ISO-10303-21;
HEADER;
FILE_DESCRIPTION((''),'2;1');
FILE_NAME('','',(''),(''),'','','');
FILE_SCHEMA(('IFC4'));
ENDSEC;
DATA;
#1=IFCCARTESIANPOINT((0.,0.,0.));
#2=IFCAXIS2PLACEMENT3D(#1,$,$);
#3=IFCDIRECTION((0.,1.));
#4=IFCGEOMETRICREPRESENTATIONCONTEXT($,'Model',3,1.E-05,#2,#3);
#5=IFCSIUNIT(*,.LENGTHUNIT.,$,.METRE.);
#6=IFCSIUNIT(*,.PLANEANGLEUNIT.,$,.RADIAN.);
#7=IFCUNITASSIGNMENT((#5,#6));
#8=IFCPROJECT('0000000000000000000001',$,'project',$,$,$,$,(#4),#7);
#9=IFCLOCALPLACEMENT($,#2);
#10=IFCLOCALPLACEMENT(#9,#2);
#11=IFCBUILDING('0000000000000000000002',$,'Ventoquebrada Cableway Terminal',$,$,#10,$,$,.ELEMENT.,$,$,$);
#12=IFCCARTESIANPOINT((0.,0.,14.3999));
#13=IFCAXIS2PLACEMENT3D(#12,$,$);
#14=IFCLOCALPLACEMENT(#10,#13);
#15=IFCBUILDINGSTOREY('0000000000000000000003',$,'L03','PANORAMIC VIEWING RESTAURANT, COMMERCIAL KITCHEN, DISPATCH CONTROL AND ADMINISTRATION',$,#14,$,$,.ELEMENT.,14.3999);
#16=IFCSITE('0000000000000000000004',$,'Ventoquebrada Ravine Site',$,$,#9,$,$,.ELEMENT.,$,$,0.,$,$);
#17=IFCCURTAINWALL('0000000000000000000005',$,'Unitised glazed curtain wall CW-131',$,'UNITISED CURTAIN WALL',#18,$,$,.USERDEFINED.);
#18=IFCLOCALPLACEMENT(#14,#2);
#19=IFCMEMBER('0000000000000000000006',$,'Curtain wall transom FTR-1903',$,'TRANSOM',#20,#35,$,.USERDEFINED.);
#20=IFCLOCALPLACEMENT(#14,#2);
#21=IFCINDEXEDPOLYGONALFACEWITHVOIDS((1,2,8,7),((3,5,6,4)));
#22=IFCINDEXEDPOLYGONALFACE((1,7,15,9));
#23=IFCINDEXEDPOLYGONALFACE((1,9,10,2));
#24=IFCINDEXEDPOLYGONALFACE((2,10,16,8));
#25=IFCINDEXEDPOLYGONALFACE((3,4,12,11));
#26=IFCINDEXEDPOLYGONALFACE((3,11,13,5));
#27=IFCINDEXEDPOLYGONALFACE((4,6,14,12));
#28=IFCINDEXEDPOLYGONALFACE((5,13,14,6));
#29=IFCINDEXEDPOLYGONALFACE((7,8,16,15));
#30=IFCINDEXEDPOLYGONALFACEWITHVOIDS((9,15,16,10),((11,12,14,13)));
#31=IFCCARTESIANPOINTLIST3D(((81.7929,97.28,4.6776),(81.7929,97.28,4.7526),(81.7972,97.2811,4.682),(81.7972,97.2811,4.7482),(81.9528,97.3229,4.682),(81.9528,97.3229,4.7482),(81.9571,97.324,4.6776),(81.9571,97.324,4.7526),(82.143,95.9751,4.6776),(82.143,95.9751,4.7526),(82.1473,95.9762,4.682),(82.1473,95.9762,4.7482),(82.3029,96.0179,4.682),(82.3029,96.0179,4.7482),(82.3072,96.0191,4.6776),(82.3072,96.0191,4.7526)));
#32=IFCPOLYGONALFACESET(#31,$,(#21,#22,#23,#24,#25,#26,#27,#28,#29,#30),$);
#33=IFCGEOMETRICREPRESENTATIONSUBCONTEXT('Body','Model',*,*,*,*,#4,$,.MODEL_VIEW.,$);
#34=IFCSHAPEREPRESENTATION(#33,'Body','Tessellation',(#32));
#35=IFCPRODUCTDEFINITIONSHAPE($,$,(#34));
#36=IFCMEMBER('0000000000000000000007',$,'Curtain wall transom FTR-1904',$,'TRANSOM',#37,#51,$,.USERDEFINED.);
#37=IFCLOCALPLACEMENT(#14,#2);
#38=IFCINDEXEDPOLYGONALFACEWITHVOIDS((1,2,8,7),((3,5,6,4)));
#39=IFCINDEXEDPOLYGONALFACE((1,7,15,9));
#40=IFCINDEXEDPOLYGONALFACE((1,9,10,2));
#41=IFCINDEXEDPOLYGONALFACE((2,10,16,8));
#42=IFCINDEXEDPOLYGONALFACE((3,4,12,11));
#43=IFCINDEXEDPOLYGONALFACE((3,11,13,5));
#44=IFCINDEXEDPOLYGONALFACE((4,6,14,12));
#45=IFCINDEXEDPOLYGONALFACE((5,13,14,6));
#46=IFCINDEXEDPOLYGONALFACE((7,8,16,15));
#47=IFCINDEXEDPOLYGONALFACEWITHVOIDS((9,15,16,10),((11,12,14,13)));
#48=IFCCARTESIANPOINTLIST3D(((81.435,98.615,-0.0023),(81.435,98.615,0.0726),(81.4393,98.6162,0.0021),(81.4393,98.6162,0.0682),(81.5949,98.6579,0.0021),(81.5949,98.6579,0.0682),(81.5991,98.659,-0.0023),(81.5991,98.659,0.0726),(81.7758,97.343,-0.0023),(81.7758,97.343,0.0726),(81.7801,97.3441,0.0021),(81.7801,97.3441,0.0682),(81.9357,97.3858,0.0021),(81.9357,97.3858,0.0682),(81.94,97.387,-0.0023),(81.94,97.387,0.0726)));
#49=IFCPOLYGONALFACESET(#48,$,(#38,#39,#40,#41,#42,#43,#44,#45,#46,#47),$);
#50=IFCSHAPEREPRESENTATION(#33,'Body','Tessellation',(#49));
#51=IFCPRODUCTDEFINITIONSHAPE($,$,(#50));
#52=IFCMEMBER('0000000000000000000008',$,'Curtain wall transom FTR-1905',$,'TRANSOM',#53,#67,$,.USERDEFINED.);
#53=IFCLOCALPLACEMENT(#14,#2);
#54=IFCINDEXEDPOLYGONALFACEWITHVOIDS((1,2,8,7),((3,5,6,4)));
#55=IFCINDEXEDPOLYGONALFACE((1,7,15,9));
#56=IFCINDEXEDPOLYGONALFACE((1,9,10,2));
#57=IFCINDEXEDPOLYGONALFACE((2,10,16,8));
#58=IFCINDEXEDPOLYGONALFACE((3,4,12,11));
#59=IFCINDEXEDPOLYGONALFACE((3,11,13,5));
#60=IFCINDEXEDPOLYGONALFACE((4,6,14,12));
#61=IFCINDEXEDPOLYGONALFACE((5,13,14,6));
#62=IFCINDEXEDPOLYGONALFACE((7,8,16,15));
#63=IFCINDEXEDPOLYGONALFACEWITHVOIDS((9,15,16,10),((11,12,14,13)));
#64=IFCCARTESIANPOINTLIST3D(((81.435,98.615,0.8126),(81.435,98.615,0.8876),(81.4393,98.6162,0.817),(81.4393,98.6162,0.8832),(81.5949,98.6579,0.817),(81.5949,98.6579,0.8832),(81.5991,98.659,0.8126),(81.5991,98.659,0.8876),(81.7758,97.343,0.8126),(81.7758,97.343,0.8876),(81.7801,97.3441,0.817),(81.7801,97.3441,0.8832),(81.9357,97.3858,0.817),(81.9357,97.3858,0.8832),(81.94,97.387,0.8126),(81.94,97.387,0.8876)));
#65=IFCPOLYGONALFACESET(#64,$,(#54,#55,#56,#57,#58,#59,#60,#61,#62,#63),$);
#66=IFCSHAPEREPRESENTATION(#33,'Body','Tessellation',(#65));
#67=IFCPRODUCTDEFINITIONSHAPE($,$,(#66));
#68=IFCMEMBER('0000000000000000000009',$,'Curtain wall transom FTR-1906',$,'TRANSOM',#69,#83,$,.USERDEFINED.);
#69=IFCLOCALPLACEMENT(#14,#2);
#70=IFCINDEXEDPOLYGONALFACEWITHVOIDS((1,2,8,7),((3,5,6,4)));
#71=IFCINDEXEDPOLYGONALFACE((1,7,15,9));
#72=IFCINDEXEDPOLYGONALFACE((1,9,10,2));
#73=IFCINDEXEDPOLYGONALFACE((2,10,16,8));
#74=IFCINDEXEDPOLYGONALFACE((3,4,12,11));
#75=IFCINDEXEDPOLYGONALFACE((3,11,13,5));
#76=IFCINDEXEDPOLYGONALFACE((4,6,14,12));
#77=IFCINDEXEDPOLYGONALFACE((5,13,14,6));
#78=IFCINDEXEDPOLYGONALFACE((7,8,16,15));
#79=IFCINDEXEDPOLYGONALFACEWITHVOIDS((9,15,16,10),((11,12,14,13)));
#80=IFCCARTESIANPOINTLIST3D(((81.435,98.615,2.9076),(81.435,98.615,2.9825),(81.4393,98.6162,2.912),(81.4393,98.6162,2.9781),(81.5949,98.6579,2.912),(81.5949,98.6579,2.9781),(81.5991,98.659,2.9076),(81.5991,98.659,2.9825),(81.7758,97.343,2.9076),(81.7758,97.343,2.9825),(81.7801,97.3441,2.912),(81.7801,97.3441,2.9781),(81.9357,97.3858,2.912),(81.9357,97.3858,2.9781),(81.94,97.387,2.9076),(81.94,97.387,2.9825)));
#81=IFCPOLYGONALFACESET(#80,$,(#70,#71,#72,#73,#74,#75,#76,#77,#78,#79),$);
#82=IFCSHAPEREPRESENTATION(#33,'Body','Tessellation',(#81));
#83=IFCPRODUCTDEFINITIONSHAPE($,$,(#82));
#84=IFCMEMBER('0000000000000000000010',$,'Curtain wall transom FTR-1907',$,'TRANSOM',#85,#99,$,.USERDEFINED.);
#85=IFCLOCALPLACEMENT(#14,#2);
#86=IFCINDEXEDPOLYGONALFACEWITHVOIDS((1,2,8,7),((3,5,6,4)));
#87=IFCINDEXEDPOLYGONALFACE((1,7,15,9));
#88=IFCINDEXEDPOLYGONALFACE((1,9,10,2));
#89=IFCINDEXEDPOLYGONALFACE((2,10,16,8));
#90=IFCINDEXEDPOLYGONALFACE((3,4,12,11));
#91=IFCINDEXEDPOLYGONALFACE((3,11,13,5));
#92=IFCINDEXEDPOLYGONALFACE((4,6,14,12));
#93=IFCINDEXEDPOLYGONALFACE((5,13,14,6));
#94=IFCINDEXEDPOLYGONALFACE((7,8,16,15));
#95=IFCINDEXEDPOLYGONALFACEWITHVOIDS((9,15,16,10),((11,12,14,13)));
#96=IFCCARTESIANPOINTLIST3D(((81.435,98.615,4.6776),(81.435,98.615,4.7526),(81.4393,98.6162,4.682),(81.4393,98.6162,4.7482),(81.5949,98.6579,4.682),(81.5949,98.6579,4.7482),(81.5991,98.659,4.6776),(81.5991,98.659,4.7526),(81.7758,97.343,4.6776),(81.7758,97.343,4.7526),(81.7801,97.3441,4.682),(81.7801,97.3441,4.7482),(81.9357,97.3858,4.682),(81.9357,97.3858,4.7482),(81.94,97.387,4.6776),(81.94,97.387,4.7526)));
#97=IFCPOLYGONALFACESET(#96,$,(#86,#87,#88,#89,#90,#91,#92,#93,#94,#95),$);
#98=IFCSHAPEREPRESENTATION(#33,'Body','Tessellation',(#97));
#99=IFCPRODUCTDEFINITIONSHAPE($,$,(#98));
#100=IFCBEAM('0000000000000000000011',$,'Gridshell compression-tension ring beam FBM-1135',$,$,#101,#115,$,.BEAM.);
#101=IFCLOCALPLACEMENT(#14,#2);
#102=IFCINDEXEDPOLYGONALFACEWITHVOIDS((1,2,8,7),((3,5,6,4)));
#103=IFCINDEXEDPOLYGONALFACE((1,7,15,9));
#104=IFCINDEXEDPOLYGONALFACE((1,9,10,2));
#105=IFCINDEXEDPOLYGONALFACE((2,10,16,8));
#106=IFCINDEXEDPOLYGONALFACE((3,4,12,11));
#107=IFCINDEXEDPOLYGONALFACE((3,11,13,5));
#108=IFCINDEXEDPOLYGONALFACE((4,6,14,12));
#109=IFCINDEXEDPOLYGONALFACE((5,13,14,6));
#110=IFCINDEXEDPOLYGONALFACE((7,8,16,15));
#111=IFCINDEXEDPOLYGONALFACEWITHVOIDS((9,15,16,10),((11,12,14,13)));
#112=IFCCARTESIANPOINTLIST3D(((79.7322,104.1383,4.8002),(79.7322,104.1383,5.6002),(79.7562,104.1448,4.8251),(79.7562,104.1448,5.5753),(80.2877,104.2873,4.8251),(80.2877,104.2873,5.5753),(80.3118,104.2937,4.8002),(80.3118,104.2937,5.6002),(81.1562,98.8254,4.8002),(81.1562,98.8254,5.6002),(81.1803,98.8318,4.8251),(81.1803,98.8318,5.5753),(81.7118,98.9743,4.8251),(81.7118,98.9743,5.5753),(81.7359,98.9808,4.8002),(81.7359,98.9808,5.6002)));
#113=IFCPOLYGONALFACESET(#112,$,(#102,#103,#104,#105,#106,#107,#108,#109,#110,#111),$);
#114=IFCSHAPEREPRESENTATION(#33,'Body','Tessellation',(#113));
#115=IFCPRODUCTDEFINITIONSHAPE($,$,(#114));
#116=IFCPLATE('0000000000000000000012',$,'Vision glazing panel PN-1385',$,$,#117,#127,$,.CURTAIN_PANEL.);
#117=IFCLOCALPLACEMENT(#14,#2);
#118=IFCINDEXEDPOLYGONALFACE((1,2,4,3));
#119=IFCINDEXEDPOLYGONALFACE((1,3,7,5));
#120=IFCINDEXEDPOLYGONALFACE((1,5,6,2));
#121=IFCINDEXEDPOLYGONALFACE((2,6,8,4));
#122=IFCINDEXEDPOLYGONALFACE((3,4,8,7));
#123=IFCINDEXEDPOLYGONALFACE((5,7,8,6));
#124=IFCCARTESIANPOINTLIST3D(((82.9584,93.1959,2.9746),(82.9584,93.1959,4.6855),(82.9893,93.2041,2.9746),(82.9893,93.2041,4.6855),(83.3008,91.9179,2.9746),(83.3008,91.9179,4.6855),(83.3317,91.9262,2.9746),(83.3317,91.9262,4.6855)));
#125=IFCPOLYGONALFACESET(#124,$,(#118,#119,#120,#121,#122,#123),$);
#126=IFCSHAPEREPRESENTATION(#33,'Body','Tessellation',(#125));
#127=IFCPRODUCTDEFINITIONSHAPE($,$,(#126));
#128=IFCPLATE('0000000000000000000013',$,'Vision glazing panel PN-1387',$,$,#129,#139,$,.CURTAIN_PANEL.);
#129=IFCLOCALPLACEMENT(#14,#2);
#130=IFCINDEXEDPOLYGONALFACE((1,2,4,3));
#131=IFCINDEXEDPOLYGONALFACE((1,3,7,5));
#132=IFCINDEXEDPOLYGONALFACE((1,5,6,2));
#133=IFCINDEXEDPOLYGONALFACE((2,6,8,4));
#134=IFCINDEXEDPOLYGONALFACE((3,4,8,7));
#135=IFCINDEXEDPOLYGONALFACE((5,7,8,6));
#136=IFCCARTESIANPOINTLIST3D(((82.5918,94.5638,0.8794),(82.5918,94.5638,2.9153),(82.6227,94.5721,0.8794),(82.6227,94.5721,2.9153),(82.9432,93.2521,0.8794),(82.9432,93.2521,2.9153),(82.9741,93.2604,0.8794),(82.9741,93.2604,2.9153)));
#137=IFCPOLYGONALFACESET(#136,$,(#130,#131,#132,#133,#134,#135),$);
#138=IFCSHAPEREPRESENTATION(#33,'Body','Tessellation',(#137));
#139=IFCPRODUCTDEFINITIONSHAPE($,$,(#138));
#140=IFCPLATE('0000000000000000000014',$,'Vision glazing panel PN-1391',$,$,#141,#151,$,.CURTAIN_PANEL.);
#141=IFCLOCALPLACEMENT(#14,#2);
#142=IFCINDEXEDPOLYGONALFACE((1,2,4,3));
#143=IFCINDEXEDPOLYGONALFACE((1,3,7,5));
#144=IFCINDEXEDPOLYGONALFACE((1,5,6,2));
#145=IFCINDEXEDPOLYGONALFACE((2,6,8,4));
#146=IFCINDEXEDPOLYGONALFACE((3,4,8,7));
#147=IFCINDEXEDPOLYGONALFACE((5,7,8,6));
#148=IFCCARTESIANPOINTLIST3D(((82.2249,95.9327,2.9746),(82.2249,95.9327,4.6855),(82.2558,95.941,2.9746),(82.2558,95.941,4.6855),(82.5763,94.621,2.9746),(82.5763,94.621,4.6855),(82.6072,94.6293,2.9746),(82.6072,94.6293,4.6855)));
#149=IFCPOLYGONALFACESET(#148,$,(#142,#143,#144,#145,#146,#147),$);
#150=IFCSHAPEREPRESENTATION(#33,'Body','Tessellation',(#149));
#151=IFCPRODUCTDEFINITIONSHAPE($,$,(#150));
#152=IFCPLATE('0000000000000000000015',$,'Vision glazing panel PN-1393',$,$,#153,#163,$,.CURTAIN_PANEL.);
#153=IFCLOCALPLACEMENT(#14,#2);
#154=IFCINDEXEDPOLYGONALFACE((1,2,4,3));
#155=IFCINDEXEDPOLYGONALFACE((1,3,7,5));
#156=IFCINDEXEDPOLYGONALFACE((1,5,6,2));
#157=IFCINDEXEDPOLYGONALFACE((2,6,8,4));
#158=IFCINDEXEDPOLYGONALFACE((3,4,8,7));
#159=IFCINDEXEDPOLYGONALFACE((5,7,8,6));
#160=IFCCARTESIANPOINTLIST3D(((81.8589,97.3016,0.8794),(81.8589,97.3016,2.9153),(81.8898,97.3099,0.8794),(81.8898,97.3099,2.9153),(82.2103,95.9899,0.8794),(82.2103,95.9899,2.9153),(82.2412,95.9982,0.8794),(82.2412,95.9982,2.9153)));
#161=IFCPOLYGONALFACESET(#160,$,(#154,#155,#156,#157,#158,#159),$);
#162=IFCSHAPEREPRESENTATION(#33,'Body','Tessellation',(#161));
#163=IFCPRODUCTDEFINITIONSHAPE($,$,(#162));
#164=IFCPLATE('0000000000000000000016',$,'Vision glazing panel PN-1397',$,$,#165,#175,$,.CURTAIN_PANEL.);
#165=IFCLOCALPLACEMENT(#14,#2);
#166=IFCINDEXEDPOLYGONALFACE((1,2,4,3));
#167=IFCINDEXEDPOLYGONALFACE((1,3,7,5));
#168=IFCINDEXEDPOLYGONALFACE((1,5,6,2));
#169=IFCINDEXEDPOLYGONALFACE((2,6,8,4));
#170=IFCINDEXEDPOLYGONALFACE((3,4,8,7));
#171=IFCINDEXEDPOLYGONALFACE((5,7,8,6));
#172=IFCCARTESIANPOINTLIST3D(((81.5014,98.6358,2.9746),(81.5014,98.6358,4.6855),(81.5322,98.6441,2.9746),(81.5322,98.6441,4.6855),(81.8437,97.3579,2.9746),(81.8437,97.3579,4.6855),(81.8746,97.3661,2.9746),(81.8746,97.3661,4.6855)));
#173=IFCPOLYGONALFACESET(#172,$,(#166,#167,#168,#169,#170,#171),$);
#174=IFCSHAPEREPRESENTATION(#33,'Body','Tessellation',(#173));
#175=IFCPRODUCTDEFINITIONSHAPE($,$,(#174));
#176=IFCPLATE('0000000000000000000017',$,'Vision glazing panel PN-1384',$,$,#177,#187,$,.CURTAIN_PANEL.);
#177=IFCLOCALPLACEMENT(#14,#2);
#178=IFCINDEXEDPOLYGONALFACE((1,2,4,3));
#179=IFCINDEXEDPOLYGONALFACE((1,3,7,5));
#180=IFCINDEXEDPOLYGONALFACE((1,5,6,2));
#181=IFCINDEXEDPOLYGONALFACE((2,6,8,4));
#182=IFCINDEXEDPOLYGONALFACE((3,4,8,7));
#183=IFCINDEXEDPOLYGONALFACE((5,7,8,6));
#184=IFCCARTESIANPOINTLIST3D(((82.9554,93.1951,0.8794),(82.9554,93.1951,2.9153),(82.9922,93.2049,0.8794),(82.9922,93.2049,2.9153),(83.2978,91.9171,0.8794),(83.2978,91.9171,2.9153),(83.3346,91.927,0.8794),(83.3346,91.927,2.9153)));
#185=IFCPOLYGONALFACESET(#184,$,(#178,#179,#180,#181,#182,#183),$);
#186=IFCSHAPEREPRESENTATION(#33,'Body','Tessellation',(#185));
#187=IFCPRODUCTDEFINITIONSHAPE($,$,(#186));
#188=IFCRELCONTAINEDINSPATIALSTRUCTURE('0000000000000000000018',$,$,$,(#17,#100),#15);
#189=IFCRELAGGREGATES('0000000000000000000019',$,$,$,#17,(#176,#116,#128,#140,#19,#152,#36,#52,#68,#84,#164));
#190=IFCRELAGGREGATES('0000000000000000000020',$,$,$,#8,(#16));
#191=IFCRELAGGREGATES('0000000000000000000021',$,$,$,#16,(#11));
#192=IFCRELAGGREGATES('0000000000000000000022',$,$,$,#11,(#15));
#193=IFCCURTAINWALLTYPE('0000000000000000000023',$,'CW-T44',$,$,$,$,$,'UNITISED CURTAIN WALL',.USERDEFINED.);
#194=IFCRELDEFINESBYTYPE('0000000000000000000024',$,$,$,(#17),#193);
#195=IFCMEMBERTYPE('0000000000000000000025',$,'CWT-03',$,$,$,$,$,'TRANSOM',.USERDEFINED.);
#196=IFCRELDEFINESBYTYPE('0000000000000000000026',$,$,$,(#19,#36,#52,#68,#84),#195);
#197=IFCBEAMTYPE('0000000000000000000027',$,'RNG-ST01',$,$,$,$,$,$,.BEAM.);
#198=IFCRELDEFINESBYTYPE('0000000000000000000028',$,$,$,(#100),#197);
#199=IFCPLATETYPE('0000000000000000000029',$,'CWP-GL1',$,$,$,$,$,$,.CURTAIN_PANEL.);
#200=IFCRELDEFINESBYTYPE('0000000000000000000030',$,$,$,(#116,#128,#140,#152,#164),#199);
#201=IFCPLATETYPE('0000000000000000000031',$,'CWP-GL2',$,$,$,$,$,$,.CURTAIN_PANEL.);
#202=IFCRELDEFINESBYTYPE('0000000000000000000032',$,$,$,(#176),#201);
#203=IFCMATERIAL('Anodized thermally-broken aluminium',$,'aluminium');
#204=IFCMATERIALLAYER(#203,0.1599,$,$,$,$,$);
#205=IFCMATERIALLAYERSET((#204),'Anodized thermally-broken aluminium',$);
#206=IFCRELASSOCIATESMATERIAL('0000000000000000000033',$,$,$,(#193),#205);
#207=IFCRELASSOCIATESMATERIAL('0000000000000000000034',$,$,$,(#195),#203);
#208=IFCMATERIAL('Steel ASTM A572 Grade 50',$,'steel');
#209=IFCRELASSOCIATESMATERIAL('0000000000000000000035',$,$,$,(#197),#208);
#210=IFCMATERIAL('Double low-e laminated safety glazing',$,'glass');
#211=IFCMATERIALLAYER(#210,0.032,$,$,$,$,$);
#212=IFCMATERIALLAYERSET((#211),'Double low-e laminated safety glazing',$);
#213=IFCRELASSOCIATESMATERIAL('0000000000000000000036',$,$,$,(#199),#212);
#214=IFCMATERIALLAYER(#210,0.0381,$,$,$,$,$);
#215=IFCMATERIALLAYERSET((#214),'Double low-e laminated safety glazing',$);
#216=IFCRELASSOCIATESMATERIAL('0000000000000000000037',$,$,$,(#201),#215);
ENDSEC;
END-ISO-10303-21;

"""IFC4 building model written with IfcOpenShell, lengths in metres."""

from ifc_helpers import new_model, si_unit, direction, frame, origin, origin_2d, place, context, subcontext, project, spatial, rectangle, hollow_rectangle, extrude, material, layer, layer_set, material_profile, profile_set, type_object, element, aggregate, save


model = new_model("IFC4")

# Units and contexts
model_context = context("Model", 3, precision=1e-05, world=origin(), true_north=direction((0.0, 1.0)))
body_context = subcontext(model_context, "Body", "Model", "MODEL_VIEW")
ifc_project = project(units=[si_unit("LENGTHUNIT", "METRE"), si_unit("PLANEANGLEUNIT", "RADIAN")], contexts=[model_context])

# Site, building, storey
site_placement = place(None, origin())
site = spatial("IfcSite", under=ifc_project, at=site_placement, Name="Ventoquebrada Ravine Site", CompositionType="ELEMENT", RefElevation=0.0)
building_placement = place(site_placement, origin())
building = spatial("IfcBuilding", under=site, at=building_placement, Name="Ventoquebrada Cableway Terminal", CompositionType="ELEMENT")
storey_placement = place(building_placement, frame((0.0, 0.0, 14.3999)))
storey = spatial("IfcBuildingStorey", under=building, at=storey_placement, Name="L03", Description="PANORAMIC VIEWING RESTAURANT, COMMERCIAL KITCHEN, DISPATCH CONTROL AND ADMINISTRATION", CompositionType="ELEMENT", Elevation=14.3999)

# Curtain wall, members
ifc_material_1 = material(Name="Anodized thermally-broken aluminium", Category="aluminium")
ifc_layer_1 = layer(ifc_material_1, 0.1599)
ifc_layer_set_1 = layer_set([ifc_layer_1], Name="Anodized thermally-broken aluminium")
curtain_wall_type = type_object("IfcCurtainWallType", Name="CW-T44", ElementType="UNITISED CURTAIN WALL", PredefinedType="USERDEFINED", material=ifc_layer_set_1)
curtain_wall_placement = place(storey_placement, origin())
curtain_wall = element("IfcCurtainWall", 1, at=curtain_wall_placement, inside=storey, type_object=curtain_wall_type, Name="Unitised glazed curtain wall CW-131", ObjectType="UNITISED CURTAIN WALL", PredefinedType="USERDEFINED")
ifc_material_profile_1 = material_profile(ifc_material_1, hollow_rectangle(XDim=0.075, YDim=0.1699, WallThickness=0.0044, at=origin_2d()), Name="CW-TRN-75X170")
ifc_profile_set_1 = profile_set([ifc_material_profile_1], Name="Anodized thermally-broken aluminium")
member_type_1 = type_object("IfcMemberType", Name="CWT-03", ElementType="TRANSOM", PredefinedType="USERDEFINED", material=ifc_profile_set_1)
member_1_placement = place(storey_placement, frame((82.2251, 95.9971, 4.7151), z_axis=(-0.259124, 0.965844, 0.0), x_axis=(0.0, 0.0, 1.0)))
member_1 = element("IfcMember", 2, at=member_1_placement, type_object=member_type_1, Name="Curtain wall transom FTR-1903", ObjectType="TRANSOM", PredefinedType="USERDEFINED", context=body_context, shape_type="SweptSolid", body=[
    extrude(hollow_rectangle(XDim=0.075, YDim=0.1699, WallThickness=0.0044, at=origin_2d()), origin(), (0.0, 0.0, 1.0), 1.3511),
])
member_2_placement = place(storey_placement, frame((81.8579, 97.365, 0.0352), z_axis=(-0.258816, 0.965927, 0.0), x_axis=(0.0, 0.0, 1.0)))
member_2 = element("IfcMember", 3, at=member_2_placement, type_object=member_type_1, Name="Curtain wall transom FTR-1904", ObjectType="TRANSOM", PredefinedType="USERDEFINED", context=body_context, shape_type="SweptSolid", body=[
    extrude(hollow_rectangle(XDim=0.075, YDim=0.1699, WallThickness=0.0044, at=origin_2d()), origin(), (0.0, 0.0, 1.0), 1.3169),
])
member_3_placement = place(storey_placement, frame((81.8579, 97.365, 0.8501), z_axis=(-0.258816, 0.965927, 0.0), x_axis=(0.0, 0.0, 1.0)))
member_3 = element("IfcMember", 4, at=member_3_placement, type_object=member_type_1, Name="Curtain wall transom FTR-1905", ObjectType="TRANSOM", PredefinedType="USERDEFINED", context=body_context, shape_type="SweptSolid", body=[
    extrude(hollow_rectangle(XDim=0.075, YDim=0.1699, WallThickness=0.0044, at=origin_2d()), origin(), (0.0, 0.0, 1.0), 1.3169),
])
member_4_placement = place(storey_placement, frame((81.8579, 97.365, 2.9451), z_axis=(-0.258816, 0.965927, 0.0), x_axis=(0.0, 0.0, 1.0)))
member_4 = element("IfcMember", 5, at=member_4_placement, type_object=member_type_1, Name="Curtain wall transom FTR-1906", ObjectType="TRANSOM", PredefinedType="USERDEFINED", context=body_context, shape_type="SweptSolid", body=[
    extrude(hollow_rectangle(XDim=0.075, YDim=0.1699, WallThickness=0.0044, at=origin_2d()), origin(), (0.0, 0.0, 1.0), 1.3169),
])
member_5_placement = place(storey_placement, frame((81.8579, 97.365, 4.7151), z_axis=(-0.258816, 0.965927, 0.0), x_axis=(0.0, 0.0, 1.0)))
member_5 = element("IfcMember", 6, at=member_5_placement, type_object=member_type_1, Name="Curtain wall transom FTR-1907", ObjectType="TRANSOM", PredefinedType="USERDEFINED", context=body_context, shape_type="SweptSolid", body=[
    extrude(hollow_rectangle(XDim=0.075, YDim=0.1699, WallThickness=0.0044, at=origin_2d()), origin(), (0.0, 0.0, 1.0), 1.3169),
])

# Beam
ifc_material_2 = material(Name="Steel ASTM A572 Grade 50", Category="steel")
ifc_material_profile_2 = material_profile(ifc_material_2, hollow_rectangle(XDim=0.6001, YDim=0.8, WallThickness=0.0249, at=origin_2d()), Name="BOX600X800X25")
ifc_profile_set_2 = profile_set([ifc_material_profile_2], Name="Steel ASTM A572 Grade 50")
beam_type = type_object("IfcBeamType", Name="RNG-ST01", PredefinedType="BEAM", material=ifc_profile_set_2)
beam_placement = place(storey_placement, frame((81.446, 98.9031, 5.2002), z_axis=(-0.258897, 0.965905, 0.0), x_axis=(-0.965905, -0.258897, 0.0)))
element("IfcBeam", 7, at=beam_placement, inside=storey, type_object=beam_type, Name="Gridshell compression-tension ring beam FBM-1135", PredefinedType="BEAM", context=body_context, shape_type="SweptSolid", body=[
    extrude(hollow_rectangle(XDim=0.6001, YDim=0.8, WallThickness=0.0249, at=origin_2d()), origin(), (0.0, 0.0, 1.0), 5.5005),
])

# Plates
ifc_material_3 = material(Name="Double low-e laminated safety glazing", Category="glass")
ifc_layer_2 = layer(ifc_material_3, 0.032)
ifc_layer_set_2 = layer_set([ifc_layer_2], Name="Double low-e laminated safety glazing")
plate_type_1 = type_object("IfcPlateType", Name="CWP-GL1", PredefinedType="CURTAIN_PANEL", material=ifc_layer_set_2)
plate_1_placement = place(storey_placement, frame((83.145, 92.561, 2.9746), z_axis=(0.0, 0.0, 1.0), x_axis=(-0.258785, 0.965935, 0.0)))
plate_1 = element("IfcPlate", 8, at=plate_1_placement, type_object=plate_type_1, Name="Vision glazing panel PN-1385", PredefinedType="CURTAIN_PANEL", context=body_context, shape_type="SweptSolid", body=[
    extrude(rectangle(XDim=1.323, YDim=0.032, at=origin_2d()), origin(), (0.0, 0.0, 1.0), 1.7109),
])
plate_2_placement = place(storey_placement, frame((82.783, 93.9121, 0.8794), z_axis=(0.0, 0.0, 1.0), x_axis=(-0.258785, 0.965935, 0.0)))
plate_2 = element("IfcPlate", 9, at=plate_2_placement, type_object=plate_type_1, Name="Vision glazing panel PN-1387", PredefinedType="CURTAIN_PANEL", context=body_context, shape_type="SweptSolid", body=[
    extrude(rectangle(XDim=1.3579, YDim=0.032, at=origin_2d()), origin(), (0.0, 0.0, 1.0), 2.0359),
])
plate_3_placement = place(storey_placement, frame((82.416, 95.281, 2.9746), z_axis=(0.0, 0.0, 1.0), x_axis=(-0.258785, 0.965935, 0.0)))
plate_3 = element("IfcPlate", 10, at=plate_3_placement, type_object=plate_type_1, Name="Vision glazing panel PN-1391", PredefinedType="CURTAIN_PANEL", context=body_context, shape_type="SweptSolid", body=[
    extrude(rectangle(XDim=1.3579, YDim=0.032, at=origin_2d()), origin(), (0.0, 0.0, 1.0), 1.7109),
])
plate_4_placement = place(storey_placement, frame((82.05, 96.6499, 0.8794), z_axis=(0.0, 0.0, 1.0), x_axis=(-0.258785, 0.965935, 0.0)))
plate_4 = element("IfcPlate", 11, at=plate_4_placement, type_object=plate_type_1, Name="Vision glazing panel PN-1393", PredefinedType="CURTAIN_PANEL", context=body_context, shape_type="SweptSolid", body=[
    extrude(rectangle(XDim=1.3579, YDim=0.032, at=origin_2d()), origin(), (0.0, 0.0, 1.0), 2.0359),
])
plate_5_placement = place(storey_placement, frame((81.688, 98.001, 2.9746), z_axis=(0.0, 0.0, 1.0), x_axis=(-0.258785, 0.965935, 0.0)))
plate_5 = element("IfcPlate", 12, at=plate_5_placement, type_object=plate_type_1, Name="Vision glazing panel PN-1397", PredefinedType="CURTAIN_PANEL", context=body_context, shape_type="SweptSolid", body=[
    extrude(rectangle(XDim=1.323, YDim=0.032, at=origin_2d()), origin(), (0.0, 0.0, 1.0), 1.7109),
])
ifc_layer_3 = layer(ifc_material_3, 0.0381)
ifc_layer_set_3 = layer_set([ifc_layer_3], Name="Double low-e laminated safety glazing")
plate_type_2 = type_object("IfcPlateType", Name="CWP-GL2", PredefinedType="CURTAIN_PANEL", material=ifc_layer_set_3)
plate_6_placement = place(storey_placement, frame((83.145, 92.561, 0.8794), z_axis=(0.0, 0.0, 1.0), x_axis=(-0.258785, 0.965935, 0.0)))
plate_6 = element("IfcPlate", 13, at=plate_6_placement, type_object=plate_type_2, Name="Vision glazing panel PN-1384", PredefinedType="CURTAIN_PANEL", context=body_context, shape_type="SweptSolid", body=[
    extrude(rectangle(XDim=1.323, YDim=0.0381, at=origin_2d()), origin(), (0.0, 0.0, 1.0), 2.0359),
])
aggregate(curtain_wall, [plate_6, plate_1, plate_2, plate_3, member_1, plate_4, member_2, member_3, member_4, member_5, plate_5])

save(model, "model.ifc")
